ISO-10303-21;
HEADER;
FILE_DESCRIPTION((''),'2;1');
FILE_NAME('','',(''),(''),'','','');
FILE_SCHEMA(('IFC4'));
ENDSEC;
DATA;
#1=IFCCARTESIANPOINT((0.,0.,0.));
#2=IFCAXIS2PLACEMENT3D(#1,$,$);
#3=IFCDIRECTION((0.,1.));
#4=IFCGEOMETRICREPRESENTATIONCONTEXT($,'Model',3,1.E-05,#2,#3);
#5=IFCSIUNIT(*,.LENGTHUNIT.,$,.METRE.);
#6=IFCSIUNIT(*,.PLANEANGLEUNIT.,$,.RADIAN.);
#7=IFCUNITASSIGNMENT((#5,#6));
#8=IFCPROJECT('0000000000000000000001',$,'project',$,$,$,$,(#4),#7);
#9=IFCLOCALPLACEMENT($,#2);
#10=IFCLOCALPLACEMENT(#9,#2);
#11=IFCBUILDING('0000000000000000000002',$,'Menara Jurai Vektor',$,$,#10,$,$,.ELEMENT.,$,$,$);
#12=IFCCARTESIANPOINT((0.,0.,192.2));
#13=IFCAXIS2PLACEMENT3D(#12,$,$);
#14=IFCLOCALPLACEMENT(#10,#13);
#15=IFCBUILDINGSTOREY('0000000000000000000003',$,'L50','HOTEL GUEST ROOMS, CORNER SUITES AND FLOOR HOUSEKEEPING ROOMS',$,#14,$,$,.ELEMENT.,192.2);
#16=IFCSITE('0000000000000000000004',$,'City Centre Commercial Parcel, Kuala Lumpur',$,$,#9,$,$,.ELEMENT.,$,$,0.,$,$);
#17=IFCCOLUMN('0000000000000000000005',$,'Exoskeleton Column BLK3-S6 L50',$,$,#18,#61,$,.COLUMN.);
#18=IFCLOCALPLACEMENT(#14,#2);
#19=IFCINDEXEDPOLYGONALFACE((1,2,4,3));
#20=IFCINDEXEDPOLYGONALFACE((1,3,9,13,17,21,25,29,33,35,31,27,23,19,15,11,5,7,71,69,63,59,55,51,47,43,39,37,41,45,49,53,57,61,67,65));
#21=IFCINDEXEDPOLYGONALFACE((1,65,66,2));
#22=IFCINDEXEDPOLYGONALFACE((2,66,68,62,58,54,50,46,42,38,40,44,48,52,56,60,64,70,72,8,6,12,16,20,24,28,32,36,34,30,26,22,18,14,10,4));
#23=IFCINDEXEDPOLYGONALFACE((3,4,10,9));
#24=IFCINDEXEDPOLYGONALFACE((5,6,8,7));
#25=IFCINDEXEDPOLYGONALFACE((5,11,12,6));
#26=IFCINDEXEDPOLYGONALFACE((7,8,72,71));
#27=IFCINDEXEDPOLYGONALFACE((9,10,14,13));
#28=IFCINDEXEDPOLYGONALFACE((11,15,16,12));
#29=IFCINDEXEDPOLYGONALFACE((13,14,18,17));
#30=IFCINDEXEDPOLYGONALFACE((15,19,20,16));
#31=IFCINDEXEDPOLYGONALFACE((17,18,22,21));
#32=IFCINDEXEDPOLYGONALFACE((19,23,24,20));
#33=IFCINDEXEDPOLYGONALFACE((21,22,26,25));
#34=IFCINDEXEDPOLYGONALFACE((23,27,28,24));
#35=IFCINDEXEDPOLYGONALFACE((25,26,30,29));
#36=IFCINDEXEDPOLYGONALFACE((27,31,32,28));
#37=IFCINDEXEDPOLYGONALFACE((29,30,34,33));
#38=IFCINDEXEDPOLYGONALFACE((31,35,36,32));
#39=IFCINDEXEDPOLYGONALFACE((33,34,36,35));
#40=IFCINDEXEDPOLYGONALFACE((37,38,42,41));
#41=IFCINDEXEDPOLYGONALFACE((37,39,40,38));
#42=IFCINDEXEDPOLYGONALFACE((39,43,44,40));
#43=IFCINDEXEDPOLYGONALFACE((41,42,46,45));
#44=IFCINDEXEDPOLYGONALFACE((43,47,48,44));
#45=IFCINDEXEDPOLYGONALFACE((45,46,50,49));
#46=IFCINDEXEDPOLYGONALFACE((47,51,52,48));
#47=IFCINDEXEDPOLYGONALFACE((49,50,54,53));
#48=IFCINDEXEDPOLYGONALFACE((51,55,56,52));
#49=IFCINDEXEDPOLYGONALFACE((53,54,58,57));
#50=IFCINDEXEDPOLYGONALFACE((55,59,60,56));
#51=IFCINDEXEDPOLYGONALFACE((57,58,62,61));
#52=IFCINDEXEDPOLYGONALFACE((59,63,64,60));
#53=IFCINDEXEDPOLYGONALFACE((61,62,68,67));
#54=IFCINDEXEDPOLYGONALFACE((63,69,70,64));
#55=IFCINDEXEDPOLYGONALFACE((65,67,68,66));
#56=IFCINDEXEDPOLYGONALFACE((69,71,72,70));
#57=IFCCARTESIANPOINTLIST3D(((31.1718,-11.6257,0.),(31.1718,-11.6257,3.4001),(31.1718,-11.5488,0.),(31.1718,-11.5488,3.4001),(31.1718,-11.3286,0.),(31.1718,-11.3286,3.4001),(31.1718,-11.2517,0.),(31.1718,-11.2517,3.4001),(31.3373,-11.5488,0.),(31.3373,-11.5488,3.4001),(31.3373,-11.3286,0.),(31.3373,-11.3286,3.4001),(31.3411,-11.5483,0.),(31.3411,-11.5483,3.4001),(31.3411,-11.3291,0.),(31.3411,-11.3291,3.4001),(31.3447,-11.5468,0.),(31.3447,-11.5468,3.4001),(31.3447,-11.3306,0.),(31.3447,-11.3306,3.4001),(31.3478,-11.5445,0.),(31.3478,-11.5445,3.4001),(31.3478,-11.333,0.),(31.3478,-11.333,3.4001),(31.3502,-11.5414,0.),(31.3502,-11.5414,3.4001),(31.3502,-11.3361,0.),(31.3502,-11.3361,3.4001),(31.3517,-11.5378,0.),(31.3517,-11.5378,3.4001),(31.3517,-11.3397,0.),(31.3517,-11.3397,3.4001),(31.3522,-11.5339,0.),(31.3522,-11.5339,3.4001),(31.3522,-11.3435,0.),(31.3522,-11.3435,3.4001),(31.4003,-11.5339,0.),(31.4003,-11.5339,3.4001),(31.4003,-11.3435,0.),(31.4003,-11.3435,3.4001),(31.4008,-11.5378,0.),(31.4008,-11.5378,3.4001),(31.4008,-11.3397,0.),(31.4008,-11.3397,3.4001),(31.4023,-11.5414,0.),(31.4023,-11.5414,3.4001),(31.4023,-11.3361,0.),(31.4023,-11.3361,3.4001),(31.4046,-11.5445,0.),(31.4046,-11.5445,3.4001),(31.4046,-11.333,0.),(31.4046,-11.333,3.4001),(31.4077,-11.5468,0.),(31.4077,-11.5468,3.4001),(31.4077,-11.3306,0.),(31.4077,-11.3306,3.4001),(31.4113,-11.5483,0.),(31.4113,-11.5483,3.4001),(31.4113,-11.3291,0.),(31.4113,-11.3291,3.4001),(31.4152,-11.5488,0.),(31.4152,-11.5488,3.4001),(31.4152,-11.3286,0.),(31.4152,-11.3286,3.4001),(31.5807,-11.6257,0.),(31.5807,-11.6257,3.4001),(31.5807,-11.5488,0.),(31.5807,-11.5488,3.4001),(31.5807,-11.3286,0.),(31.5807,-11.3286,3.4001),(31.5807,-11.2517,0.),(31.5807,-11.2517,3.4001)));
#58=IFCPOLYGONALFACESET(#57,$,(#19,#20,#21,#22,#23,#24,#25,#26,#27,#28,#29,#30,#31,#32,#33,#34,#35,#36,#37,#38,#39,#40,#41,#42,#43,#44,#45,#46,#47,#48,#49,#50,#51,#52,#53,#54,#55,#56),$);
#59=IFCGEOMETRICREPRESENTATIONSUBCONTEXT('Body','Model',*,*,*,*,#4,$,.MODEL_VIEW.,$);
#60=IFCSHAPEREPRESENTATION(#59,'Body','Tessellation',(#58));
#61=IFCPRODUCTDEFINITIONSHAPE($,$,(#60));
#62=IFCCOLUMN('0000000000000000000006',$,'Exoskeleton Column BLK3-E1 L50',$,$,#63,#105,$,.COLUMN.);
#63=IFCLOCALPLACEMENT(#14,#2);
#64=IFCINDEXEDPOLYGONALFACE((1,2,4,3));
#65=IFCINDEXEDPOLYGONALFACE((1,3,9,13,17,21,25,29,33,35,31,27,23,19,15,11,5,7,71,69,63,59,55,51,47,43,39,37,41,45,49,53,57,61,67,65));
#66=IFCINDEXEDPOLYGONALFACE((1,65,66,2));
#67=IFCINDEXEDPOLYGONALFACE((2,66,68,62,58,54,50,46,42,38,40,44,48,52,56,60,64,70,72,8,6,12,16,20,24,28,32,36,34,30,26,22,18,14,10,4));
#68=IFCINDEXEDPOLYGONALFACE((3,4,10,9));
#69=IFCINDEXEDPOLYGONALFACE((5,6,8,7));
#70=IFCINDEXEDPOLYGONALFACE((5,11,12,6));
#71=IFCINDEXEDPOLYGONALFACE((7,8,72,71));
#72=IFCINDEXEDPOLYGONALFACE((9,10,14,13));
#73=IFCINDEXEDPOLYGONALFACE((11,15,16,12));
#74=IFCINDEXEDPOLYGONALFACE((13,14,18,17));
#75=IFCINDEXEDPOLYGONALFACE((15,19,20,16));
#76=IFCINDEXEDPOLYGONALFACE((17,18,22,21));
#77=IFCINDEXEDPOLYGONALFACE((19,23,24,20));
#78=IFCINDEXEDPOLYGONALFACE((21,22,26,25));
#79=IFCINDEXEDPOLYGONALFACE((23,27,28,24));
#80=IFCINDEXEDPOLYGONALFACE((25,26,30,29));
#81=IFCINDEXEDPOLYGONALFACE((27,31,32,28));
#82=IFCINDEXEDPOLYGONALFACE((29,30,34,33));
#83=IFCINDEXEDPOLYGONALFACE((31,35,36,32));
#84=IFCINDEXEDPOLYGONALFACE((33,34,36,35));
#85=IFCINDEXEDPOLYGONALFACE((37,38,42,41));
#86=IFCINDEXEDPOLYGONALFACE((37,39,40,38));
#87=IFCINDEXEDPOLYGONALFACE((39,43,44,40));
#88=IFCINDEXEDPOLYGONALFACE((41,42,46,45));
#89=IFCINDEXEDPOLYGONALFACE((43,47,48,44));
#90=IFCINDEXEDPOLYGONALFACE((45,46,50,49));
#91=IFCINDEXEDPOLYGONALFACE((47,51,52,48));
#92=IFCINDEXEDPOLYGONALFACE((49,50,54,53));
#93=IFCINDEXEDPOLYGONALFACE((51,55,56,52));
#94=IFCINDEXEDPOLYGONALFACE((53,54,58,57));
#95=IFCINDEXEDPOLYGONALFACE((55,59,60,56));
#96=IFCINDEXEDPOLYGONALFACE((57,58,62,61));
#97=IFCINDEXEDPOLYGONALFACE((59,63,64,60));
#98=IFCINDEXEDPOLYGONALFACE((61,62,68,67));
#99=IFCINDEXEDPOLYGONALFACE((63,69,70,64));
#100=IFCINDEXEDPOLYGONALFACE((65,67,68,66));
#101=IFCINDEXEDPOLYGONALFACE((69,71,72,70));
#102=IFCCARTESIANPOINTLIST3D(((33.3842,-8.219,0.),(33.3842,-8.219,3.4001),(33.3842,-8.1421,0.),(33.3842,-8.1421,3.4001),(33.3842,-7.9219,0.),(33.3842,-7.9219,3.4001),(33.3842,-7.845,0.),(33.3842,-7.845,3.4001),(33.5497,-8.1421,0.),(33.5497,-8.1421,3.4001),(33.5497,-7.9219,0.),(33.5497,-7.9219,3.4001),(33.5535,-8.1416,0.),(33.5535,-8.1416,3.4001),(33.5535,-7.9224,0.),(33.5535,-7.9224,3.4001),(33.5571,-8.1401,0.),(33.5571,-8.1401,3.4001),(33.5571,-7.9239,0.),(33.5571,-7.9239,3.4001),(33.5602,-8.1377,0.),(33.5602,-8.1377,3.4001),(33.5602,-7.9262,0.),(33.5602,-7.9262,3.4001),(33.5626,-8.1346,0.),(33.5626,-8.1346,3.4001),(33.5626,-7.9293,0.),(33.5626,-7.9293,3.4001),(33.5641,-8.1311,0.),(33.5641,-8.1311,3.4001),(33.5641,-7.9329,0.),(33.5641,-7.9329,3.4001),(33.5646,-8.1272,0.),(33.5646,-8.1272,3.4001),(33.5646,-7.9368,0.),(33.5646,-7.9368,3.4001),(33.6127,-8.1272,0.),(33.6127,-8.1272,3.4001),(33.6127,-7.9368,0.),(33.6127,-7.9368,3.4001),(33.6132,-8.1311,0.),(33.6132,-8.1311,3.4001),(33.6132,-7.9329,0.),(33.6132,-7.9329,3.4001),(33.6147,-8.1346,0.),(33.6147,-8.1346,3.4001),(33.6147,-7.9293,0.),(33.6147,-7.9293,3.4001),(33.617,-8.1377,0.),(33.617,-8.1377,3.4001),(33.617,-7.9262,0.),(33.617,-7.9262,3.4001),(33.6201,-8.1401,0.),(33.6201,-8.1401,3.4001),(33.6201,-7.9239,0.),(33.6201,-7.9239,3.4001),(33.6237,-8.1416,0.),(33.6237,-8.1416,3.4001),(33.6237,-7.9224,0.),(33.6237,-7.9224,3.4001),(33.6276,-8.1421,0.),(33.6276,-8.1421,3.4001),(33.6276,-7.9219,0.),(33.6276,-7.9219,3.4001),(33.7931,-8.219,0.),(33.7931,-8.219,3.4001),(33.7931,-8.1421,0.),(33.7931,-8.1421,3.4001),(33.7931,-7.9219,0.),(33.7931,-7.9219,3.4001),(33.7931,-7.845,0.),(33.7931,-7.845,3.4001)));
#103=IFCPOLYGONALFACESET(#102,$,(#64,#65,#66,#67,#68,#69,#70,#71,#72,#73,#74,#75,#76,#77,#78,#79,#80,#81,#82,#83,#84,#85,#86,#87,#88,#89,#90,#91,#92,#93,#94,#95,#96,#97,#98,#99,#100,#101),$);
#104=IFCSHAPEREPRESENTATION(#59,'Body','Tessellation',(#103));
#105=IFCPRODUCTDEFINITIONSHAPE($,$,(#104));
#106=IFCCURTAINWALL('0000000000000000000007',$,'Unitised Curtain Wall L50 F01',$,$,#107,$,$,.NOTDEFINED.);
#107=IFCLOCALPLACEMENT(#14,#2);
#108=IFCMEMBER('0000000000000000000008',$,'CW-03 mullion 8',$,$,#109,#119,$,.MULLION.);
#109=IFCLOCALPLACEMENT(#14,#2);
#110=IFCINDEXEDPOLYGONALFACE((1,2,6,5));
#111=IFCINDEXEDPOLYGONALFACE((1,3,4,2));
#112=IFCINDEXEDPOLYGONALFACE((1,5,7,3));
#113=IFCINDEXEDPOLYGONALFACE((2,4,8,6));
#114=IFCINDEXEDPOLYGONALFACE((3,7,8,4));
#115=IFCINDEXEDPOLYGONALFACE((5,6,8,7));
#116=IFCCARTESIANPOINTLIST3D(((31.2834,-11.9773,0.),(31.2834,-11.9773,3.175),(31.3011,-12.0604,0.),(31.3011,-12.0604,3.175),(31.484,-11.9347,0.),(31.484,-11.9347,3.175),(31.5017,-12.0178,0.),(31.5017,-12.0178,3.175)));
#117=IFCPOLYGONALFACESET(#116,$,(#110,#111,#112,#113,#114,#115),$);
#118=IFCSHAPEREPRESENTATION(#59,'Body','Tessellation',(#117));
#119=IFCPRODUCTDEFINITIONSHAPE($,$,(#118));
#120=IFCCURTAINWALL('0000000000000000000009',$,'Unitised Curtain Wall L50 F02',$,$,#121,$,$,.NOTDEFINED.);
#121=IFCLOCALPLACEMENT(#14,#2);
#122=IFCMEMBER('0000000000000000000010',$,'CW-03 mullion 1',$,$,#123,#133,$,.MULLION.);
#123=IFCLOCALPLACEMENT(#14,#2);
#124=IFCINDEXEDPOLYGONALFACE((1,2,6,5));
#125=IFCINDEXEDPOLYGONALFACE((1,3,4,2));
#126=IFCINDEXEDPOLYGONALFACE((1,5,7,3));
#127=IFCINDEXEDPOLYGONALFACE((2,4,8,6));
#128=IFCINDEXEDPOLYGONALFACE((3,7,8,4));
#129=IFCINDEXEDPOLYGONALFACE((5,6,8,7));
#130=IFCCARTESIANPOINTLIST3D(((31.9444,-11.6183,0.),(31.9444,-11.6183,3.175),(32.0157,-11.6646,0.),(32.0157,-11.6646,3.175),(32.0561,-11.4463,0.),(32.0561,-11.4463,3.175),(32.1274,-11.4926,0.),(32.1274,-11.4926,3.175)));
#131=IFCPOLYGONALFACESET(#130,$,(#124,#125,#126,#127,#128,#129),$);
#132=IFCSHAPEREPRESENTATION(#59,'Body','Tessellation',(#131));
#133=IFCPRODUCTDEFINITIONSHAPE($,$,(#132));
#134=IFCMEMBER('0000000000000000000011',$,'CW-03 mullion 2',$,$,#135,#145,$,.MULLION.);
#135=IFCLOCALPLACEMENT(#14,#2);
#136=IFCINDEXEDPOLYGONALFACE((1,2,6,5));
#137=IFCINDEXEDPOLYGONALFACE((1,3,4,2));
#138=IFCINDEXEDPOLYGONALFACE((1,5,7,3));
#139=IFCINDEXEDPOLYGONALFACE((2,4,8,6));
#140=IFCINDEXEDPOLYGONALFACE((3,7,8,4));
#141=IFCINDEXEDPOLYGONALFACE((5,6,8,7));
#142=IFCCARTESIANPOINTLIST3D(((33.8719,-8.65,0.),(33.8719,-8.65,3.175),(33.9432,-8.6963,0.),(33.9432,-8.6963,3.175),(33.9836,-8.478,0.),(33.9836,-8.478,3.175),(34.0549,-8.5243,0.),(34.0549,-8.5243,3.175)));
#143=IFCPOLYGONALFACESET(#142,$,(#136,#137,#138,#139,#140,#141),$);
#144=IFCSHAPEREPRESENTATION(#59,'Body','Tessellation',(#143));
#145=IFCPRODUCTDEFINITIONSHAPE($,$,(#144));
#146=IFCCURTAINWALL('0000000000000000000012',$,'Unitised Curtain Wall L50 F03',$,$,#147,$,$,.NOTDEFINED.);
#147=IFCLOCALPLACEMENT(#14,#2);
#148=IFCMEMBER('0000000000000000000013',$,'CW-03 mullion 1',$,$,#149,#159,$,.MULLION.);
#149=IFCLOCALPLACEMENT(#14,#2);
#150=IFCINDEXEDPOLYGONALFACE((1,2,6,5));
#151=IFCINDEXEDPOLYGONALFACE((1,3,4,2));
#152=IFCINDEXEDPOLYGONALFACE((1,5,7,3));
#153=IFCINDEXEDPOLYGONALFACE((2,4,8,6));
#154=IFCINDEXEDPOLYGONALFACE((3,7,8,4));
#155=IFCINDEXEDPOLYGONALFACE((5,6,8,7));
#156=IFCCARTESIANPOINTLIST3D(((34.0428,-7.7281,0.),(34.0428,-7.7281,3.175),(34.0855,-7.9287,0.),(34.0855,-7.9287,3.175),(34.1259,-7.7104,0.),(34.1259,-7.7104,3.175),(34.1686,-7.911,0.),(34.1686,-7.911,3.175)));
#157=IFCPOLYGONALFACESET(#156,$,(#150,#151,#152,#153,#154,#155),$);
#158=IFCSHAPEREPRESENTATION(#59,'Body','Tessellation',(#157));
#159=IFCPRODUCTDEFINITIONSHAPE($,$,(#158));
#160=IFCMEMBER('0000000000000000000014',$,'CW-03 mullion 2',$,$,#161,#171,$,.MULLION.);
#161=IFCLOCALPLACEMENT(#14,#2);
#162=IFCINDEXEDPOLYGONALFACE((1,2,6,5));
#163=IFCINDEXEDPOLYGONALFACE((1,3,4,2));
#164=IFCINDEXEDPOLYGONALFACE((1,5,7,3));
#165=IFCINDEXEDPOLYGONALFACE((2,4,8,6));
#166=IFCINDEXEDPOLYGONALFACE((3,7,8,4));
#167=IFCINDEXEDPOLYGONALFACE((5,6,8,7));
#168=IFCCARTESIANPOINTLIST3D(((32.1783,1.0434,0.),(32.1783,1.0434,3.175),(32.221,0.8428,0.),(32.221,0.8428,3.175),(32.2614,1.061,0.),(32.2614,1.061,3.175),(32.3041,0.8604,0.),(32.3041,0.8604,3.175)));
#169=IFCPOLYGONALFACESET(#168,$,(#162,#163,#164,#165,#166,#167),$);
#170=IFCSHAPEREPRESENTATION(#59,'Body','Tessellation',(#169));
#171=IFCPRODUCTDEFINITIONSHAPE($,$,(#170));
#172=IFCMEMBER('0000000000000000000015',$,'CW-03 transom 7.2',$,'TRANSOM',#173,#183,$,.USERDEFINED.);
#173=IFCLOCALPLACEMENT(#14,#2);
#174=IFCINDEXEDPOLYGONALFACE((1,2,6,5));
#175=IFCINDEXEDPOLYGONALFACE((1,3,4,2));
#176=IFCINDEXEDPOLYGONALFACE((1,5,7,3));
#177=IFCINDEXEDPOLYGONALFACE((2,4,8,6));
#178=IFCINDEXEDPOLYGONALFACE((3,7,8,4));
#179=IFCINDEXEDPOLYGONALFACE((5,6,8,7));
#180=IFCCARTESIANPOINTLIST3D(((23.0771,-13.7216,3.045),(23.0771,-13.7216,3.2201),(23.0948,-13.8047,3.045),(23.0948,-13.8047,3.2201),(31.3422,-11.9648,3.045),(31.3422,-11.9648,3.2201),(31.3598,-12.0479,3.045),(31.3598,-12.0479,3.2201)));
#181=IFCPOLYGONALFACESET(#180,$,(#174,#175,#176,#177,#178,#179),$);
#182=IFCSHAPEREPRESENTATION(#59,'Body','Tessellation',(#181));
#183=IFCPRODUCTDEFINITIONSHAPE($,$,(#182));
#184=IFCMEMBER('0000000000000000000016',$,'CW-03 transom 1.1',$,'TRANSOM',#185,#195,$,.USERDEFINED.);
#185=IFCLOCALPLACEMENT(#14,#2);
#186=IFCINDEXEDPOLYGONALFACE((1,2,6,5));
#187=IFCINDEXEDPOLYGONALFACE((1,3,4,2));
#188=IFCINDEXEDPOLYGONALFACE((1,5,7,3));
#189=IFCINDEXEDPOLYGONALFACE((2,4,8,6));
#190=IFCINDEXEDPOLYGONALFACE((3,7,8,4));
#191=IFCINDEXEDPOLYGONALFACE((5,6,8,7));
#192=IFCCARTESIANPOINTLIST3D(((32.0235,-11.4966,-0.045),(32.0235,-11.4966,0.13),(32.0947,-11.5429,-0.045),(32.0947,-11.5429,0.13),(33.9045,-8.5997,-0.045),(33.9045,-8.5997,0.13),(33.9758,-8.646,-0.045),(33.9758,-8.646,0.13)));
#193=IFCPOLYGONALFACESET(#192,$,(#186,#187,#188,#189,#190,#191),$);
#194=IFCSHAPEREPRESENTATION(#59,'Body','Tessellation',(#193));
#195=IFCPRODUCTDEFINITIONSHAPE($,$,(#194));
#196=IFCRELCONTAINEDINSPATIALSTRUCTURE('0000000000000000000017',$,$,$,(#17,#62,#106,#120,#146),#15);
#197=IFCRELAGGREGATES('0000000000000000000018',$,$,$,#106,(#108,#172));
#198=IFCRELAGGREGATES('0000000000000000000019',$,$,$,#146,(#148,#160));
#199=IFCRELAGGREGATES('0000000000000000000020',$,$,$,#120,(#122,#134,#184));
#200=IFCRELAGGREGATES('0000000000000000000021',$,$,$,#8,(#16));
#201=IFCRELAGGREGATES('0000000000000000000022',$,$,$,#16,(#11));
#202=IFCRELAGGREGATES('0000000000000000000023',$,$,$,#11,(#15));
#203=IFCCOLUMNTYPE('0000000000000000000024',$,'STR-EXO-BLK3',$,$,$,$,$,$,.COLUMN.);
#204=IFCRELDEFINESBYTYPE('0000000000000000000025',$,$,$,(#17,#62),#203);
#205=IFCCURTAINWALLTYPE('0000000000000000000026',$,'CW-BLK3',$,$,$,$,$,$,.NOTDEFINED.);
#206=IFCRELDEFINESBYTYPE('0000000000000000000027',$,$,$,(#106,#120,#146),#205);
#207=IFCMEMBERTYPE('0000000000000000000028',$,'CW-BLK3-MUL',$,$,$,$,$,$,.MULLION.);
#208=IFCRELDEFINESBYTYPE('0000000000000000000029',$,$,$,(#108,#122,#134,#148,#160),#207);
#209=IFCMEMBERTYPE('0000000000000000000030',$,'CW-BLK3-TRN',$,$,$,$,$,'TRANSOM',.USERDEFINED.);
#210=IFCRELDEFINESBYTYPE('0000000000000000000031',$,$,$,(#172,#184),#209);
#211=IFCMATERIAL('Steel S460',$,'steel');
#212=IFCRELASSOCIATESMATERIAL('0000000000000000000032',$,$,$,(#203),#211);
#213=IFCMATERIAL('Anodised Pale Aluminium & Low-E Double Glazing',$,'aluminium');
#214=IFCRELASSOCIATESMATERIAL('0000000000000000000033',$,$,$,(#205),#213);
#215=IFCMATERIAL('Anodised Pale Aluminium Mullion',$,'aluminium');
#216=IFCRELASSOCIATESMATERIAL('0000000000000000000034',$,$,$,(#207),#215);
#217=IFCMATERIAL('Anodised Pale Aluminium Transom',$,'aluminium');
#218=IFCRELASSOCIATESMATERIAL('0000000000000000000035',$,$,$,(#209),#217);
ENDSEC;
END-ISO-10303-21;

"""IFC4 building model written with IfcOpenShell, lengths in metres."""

from ifc_helpers import new_model, si_unit, direction, frame, origin, origin_2d, place, context, subcontext, project, spatial, rectangle, i_section, extrude, material, material_profile, profile_set, type_object, element, aggregate, save


model = new_model("IFC4")

# Units and contexts
model_context = context("Model", 3, precision=1e-05, world=origin(), true_north=direction((0.0, 1.0)))
body_context = subcontext(model_context, "Body", "Model", "MODEL_VIEW")
ifc_project = project(units=[si_unit("LENGTHUNIT", "METRE"), si_unit("PLANEANGLEUNIT", "RADIAN")], contexts=[model_context])

# Site, building, storey
site_placement = place(None, origin())
site = spatial("IfcSite", under=ifc_project, at=site_placement, Name="City Centre Commercial Parcel, Kuala Lumpur", CompositionType="ELEMENT", RefElevation=0.0)
building_placement = place(site_placement, origin())
building = spatial("IfcBuilding", under=site, at=building_placement, Name="Menara Jurai Vektor", CompositionType="ELEMENT")
storey_placement = place(building_placement, frame((0.0, 0.0, 192.2)))
storey = spatial("IfcBuildingStorey", under=building, at=storey_placement, Name="L50", Description="HOTEL GUEST ROOMS, CORNER SUITES AND FLOOR HOUSEKEEPING ROOMS", CompositionType="ELEMENT", Elevation=192.2)

# Columns
ifc_material_1 = material(Name="Steel S460", Category="steel")
ifc_material_profile_1 = material_profile(ifc_material_1, i_section(OverallWidth=0.4089, OverallDepth=0.374, WebThickness=0.0481, FlangeThickness=0.0769, FilletRadius=0.0149, at=origin_2d()), Name="HD 400x634")
ifc_profile_set_1 = profile_set([ifc_material_profile_1], Name="Steel S460")
column_type = type_object("IfcColumnType", Name="STR-EXO-BLK3", PredefinedType="COLUMN", material=ifc_profile_set_1)
for number, where, z_axis, x_axis, name in (
    (1, (31.3762, -11.4387, 0.0), (0.0, 0.0, 1.0), (1.0, 0.0, 0.0), "Exoskeleton Column BLK3-S6 L50"),
    (2, (33.5886, -8.032, 0.0), (0.0, 0.0, 1.0), (1.0, 0.0, 0.0), "Exoskeleton Column BLK3-E1 L50"),
):
    element("IfcColumn", number, at=place(storey_placement, frame(where, z_axis=z_axis, x_axis=x_axis)), inside=storey, type_object=column_type, Name=name, PredefinedType="COLUMN", context=body_context, shape_type="SweptSolid", body=[
        extrude(i_section(OverallWidth=0.4089, OverallDepth=0.374, WebThickness=0.0481, FlangeThickness=0.0769, FilletRadius=0.0149, at=origin_2d()), origin(), (0.0, 0.0, 1.0), 3.4001),
    ])

# Curtain wall, member
ifc_material_2 = material(Name="Anodised Pale Aluminium & Low-E Double Glazing", Category="aluminium")
curtain_wall_type = type_object("IfcCurtainWallType", Name="CW-BLK3", PredefinedType="NOTDEFINED", material=ifc_material_2)
curtain_wall_1_placement = place(storey_placement, origin())
curtain_wall_1 = element("IfcCurtainWall", 3, at=curtain_wall_1_placement, inside=storey, type_object=curtain_wall_type, Name="Unitised Curtain Wall L50 F01", PredefinedType="NOTDEFINED")
ifc_material_3 = material(Name="Anodised Pale Aluminium Mullion", Category="aluminium")
ifc_material_profile_2 = material_profile(ifc_material_3, rectangle(XDim=0.085, YDim=0.2051, at=origin_2d()), Name="ALU MUL 85x205")
ifc_profile_set_2 = profile_set([ifc_material_profile_2], Name="Anodised Pale Aluminium Mullion")
member_type_1 = type_object("IfcMemberType", Name="CW-BLK3-MUL", PredefinedType="MULLION", material=ifc_profile_set_2)
member_1_placement = place(storey_placement, frame((31.3926, -11.9976, 0.0), z_axis=(0.0, 0.0, 1.0), x_axis=(-0.207911, 0.978148, 0.0)))
member_1 = element("IfcMember", 4, at=member_1_placement, type_object=member_type_1, Name="CW-03 mullion 8", PredefinedType="MULLION", context=body_context, shape_type="SweptSolid", body=[
    extrude(rectangle(XDim=0.085, YDim=0.2051, at=origin_2d()), origin(), (0.0, 0.0, 1.0), 3.175),
])

# Curtain walls, members
curtain_wall_2_placement = place(storey_placement, origin())
curtain_wall_2 = element("IfcCurtainWall", 5, at=curtain_wall_2_placement, inside=storey, type_object=curtain_wall_type, Name="Unitised Curtain Wall L50 F02", PredefinedType="NOTDEFINED")
member_2_placement = place(storey_placement, frame((32.0359, -11.5554, 0.0), z_axis=(0.0, 0.0, 1.0), x_axis=(-0.838684, 0.544618, 0.0)))
member_2 = element("IfcMember", 6, at=member_2_placement, type_object=member_type_1, Name="CW-03 mullion 1", PredefinedType="MULLION", context=body_context, shape_type="SweptSolid", body=[
    extrude(rectangle(XDim=0.085, YDim=0.2051, at=origin_2d()), origin(), (0.0, 0.0, 1.0), 3.175),
])
member_3_placement = place(storey_placement, frame((33.9634, -8.5872, 0.0), z_axis=(0.0, 0.0, 1.0), x_axis=(-0.838684, 0.544618, 0.0)))
member_3 = element("IfcMember", 7, at=member_3_placement, type_object=member_type_1, Name="CW-03 mullion 2", PredefinedType="MULLION", context=body_context, shape_type="SweptSolid", body=[
    extrude(rectangle(XDim=0.085, YDim=0.2051, at=origin_2d()), origin(), (0.0, 0.0, 1.0), 3.175),
])
curtain_wall_3_placement = place(storey_placement, origin())
curtain_wall_3 = element("IfcCurtainWall", 8, at=curtain_wall_3_placement, inside=storey, type_object=curtain_wall_type, Name="Unitised Curtain Wall L50 F03", PredefinedType="NOTDEFINED")
member_4_placement = place(storey_placement, frame((34.1057, -7.8196, 0.0), z_axis=(0.0, 0.0, 1.0), x_axis=(-0.978148, -0.20791, 0.0)))
member_4 = element("IfcMember", 9, at=member_4_placement, type_object=member_type_1, Name="CW-03 mullion 1", PredefinedType="MULLION", context=body_context, shape_type="SweptSolid", body=[
    extrude(rectangle(XDim=0.085, YDim=0.2051, at=origin_2d()), origin(), (0.0, 0.0, 1.0), 3.175),
])
member_5_placement = place(storey_placement, frame((32.2412, 0.9519, 0.0), z_axis=(0.0, 0.0, 1.0), x_axis=(-0.978148, -0.20791, 0.0)))
member_5 = element("IfcMember", 10, at=member_5_placement, type_object=member_type_1, Name="CW-03 mullion 2", PredefinedType="MULLION", context=body_context, shape_type="SweptSolid", body=[
    extrude(rectangle(XDim=0.085, YDim=0.2051, at=origin_2d()), origin(), (0.0, 0.0, 1.0), 3.175),
])

# Members
ifc_material_4 = material(Name="Anodised Pale Aluminium Transom", Category="aluminium")
ifc_material_profile_3 = material_profile(ifc_material_4, rectangle(XDim=0.085, YDim=0.175, at=origin_2d()), Name="ALU TRN 85x175")
ifc_profile_set_3 = profile_set([ifc_material_profile_3], Name="Anodised Pale Aluminium Transom")
member_type_2 = type_object("IfcMemberType", Name="CW-BLK3-TRN", ElementType="TRANSOM", PredefinedType="USERDEFINED", material=ifc_profile_set_3)
member_6_placement = place(storey_placement, frame((23.0859, -13.7632, 3.1326), z_axis=(0.978147, 0.207915, 0.0), x_axis=(-0.207915, 0.978147, 0.0)))
member_6 = element("IfcMember", 11, at=member_6_placement, type_object=member_type_2, Name="CW-03 transom 7.2", ObjectType="TRANSOM", PredefinedType="USERDEFINED", context=body_context, shape_type="SweptSolid", body=[
    extrude(rectangle(XDim=0.085, YDim=0.175, at=origin_2d()), origin(), (0.0, 0.0, 1.0), 8.4497),
])
member_7_placement = place(storey_placement, frame((32.0591, -11.5198, 0.0425), z_axis=(0.544596, 0.838699, 0.0), x_axis=(-0.838699, 0.544596, 0.0)))
member_7 = element("IfcMember", 12, at=member_7_placement, type_object=member_type_2, Name="CW-03 transom 1.1", ObjectType="TRANSOM", PredefinedType="USERDEFINED", context=body_context, shape_type="SweptSolid", body=[
    extrude(rectangle(XDim=0.085, YDim=0.175, at=origin_2d()), origin(), (0.0, 0.0, 1.0), 3.4541),
])

aggregate(curtain_wall_1, [member_1, member_6])
aggregate(curtain_wall_3, [member_4, member_5])
aggregate(curtain_wall_2, [member_2, member_3, member_7])

save(model, "model.ifc")
